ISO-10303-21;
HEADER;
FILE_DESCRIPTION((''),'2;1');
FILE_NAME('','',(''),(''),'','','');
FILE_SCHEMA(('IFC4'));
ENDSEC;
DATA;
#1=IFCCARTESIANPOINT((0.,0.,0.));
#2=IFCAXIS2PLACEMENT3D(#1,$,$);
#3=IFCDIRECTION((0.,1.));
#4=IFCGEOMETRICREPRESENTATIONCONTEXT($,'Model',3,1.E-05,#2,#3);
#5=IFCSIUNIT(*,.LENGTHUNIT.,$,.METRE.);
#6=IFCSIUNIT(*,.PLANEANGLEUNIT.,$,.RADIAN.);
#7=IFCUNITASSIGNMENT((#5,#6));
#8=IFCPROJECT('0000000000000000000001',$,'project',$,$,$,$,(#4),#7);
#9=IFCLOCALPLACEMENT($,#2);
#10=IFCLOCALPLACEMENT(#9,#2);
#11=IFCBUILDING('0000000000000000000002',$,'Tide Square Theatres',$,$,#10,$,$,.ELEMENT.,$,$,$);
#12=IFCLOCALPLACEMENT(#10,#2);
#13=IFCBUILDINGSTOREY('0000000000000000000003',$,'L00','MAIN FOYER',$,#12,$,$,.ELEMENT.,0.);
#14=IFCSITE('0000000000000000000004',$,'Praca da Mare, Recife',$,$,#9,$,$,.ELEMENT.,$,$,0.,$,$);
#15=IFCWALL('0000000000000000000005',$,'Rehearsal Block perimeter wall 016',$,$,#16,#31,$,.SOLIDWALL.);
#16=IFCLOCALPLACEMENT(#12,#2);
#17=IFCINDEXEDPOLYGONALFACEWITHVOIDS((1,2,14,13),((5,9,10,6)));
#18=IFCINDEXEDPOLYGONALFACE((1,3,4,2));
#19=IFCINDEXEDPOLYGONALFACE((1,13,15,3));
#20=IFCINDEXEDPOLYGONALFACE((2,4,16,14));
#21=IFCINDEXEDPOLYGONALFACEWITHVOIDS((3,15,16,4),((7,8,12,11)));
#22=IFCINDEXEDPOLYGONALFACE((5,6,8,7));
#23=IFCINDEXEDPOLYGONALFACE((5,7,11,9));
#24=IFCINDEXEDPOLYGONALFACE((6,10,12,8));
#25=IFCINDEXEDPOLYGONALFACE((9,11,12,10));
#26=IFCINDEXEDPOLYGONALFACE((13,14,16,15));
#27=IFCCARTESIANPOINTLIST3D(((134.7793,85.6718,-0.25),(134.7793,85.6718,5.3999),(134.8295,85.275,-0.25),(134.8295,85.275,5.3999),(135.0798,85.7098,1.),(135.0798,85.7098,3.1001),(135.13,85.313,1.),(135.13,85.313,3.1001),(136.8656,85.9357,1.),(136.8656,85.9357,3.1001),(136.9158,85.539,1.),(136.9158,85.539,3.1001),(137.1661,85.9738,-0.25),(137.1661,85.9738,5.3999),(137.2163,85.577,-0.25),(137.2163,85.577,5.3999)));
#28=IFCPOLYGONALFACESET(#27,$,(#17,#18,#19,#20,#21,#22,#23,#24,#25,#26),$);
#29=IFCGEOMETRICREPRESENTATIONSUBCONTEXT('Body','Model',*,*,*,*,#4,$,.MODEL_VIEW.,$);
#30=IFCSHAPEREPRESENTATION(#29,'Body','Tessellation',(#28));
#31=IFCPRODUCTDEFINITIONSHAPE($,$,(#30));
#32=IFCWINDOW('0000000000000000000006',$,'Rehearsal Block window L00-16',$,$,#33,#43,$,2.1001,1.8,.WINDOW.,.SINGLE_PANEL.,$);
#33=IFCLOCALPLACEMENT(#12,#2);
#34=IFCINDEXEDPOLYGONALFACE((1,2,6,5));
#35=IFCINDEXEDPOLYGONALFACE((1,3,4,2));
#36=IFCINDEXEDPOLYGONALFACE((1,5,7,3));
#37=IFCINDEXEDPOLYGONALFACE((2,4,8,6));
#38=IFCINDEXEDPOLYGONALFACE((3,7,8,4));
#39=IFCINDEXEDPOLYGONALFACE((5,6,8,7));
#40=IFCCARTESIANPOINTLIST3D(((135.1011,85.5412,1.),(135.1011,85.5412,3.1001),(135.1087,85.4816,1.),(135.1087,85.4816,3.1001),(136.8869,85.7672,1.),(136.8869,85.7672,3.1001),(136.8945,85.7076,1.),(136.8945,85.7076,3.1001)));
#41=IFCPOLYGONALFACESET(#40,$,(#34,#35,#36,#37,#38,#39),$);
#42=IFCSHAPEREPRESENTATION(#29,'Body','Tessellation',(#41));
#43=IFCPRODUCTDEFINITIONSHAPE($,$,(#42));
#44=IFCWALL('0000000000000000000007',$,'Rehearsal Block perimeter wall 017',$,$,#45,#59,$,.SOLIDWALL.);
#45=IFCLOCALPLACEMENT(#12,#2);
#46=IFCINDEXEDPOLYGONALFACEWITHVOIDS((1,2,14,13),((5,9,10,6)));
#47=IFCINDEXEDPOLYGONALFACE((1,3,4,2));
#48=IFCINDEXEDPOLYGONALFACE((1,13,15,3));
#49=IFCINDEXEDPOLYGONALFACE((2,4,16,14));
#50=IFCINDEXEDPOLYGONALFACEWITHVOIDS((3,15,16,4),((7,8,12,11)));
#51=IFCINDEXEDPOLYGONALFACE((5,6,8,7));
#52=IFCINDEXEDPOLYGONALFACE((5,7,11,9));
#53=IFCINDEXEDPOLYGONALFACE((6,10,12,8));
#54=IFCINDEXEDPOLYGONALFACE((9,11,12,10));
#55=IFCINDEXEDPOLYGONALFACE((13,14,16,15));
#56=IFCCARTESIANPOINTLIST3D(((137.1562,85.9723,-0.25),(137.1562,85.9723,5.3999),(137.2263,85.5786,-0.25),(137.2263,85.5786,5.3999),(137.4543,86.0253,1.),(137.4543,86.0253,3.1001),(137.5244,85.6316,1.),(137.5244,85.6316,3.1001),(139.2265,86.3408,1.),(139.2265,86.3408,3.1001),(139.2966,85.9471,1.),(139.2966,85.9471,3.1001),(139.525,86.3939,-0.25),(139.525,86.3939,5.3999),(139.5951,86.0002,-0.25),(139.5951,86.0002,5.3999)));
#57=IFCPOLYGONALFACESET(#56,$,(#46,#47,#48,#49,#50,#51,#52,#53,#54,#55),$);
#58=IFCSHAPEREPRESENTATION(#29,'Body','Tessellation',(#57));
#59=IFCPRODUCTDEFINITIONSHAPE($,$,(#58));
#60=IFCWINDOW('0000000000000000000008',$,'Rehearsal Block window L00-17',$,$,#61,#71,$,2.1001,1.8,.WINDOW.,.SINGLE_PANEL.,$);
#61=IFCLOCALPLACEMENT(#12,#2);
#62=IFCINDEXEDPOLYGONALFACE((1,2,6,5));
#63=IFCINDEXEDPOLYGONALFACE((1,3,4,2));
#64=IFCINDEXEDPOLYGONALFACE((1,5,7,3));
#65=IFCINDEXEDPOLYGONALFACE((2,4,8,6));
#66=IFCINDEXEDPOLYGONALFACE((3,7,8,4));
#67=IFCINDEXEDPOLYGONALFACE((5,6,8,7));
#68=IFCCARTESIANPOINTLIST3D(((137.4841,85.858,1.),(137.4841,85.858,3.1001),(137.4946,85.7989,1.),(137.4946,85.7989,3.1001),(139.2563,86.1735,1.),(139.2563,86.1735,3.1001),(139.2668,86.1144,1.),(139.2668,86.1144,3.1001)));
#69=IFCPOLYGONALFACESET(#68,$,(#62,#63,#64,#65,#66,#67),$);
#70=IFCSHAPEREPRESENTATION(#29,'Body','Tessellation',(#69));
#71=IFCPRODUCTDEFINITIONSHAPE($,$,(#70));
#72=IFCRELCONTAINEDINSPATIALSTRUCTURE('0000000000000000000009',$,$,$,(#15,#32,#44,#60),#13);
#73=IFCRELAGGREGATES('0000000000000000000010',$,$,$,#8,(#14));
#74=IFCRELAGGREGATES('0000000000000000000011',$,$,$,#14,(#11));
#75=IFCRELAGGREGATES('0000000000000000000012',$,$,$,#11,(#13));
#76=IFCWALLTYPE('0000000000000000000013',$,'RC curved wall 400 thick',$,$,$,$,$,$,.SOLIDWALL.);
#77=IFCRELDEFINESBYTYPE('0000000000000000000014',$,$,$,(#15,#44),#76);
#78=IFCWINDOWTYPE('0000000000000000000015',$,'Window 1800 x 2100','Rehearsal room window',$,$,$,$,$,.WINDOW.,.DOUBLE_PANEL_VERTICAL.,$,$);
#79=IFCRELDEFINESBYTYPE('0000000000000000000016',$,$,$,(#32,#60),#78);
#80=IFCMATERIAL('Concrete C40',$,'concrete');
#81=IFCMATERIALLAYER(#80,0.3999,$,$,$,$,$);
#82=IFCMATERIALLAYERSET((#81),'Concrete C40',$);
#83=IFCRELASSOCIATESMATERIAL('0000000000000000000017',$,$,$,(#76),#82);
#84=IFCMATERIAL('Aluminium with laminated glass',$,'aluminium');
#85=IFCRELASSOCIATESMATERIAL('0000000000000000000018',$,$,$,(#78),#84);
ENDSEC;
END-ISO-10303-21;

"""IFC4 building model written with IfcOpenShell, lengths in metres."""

from ifc_helpers import new_model, si_unit, direction, frame, frame_2d, origin, place, context, subcontext, project, spatial, rectangle, extrude, material, layer, layer_set, type_object, element, fill, save


model = new_model("IFC4")

# Units and contexts
model_context = context("Model", 3, precision=1e-05, world=origin(), true_north=direction((0.0, 1.0)))
body_context = subcontext(model_context, "Body", "Model", "MODEL_VIEW")
ifc_project = project(units=[si_unit("LENGTHUNIT", "METRE"), si_unit("PLANEANGLEUNIT", "RADIAN")], contexts=[model_context])

# Site, building, storey
site_placement = place(None, origin())
site = spatial("IfcSite", under=ifc_project, at=site_placement, Name="Praca da Mare, Recife", CompositionType="ELEMENT", RefElevation=0.0)
building_placement = place(site_placement, origin())
building = spatial("IfcBuilding", under=site, at=building_placement, Name="Tide Square Theatres", CompositionType="ELEMENT")
storey_placement = place(building_placement, origin())
storey = spatial("IfcBuildingStorey", under=building, at=storey_placement, Name="L00", Description="MAIN FOYER", CompositionType="ELEMENT", Elevation=0.0)

# Walls, openings, windows
ifc_material_1 = material(Name="Concrete C40", Category="concrete")
ifc_layer = layer(ifc_material_1, 0.3999)
ifc_layer_set = layer_set([ifc_layer], Name="Concrete C40")
wall_type = type_object("IfcWallType", Name="RC curved wall 400 thick", PredefinedType="SOLIDWALL", material=ifc_layer_set)
ifc_material_2 = material(Name="Aluminium with laminated glass", Category="aluminium")
window_type = type_object("IfcWindowType", Name="Window 1800 x 2100", Description="Rehearsal room window", PartitioningType="DOUBLE_PANEL_VERTICAL", PredefinedType="WINDOW", material=ifc_material_2)
wall_1_placement = place(storey_placement, frame((134.8044, 85.4734, -0.25), z_axis=(0.0, 0.0, 1.0), x_axis=(0.992089, 0.125533, 0.0)))
wall_1 = element("IfcWall", 1, at=wall_1_placement, inside=storey, type_object=wall_type, Name="Rehearsal Block perimeter wall 016", PredefinedType="SOLIDWALL", context=body_context, shape_type="SweptSolid", body=[
    extrude(rectangle(XDim=2.4058, YDim=0.3999, at=frame_2d((1.2029, 0.0))), origin(), (0.0, 0.0, 1.0), 5.6499),
])
opening_1_placement = place(wall_1_placement, frame((0.303, 0.0, 1.25)))
opening_1 = element("IfcOpeningElement", 2, at=opening_1_placement, cuts=wall_1, PredefinedType="OPENING", context=body_context, shape_type="SweptSolid", body=[
    extrude(rectangle(XDim=1.8, YDim=2.1001, at=frame_2d((0.8999, 1.05))), frame((0.0, 0.21, 0.0), z_axis=(0.0, -1.0, 0.0), x_axis=(1.0, 0.0, 0.0)), (0.0, 0.0, 1.0), 0.4199),
])
window_1_placement = place(opening_1_placement, origin())
window_1 = element("IfcWindow", 3, at=window_1_placement, inside=storey, type_object=window_type, Name="Rehearsal Block window L00-16", OverallHeight=2.1001, OverallWidth=1.8, PartitioningType="SINGLE_PANEL", PredefinedType="WINDOW", context=body_context, shape_type="SweptSolid", body=[
    extrude(rectangle(XDim=1.8, YDim=2.1001, at=frame_2d((0.8999, 1.05))), frame((0.0, 0.03, 0.0), z_axis=(0.0, -1.0, 0.0), x_axis=(1.0, 0.0, 0.0)), (0.0, 0.0, 1.0), 0.0601),
])
fill(opening_1, window_1)
wall_2_placement = place(storey_placement, frame((137.1912, 85.7754, -0.25), z_axis=(0.0, 0.0, 1.0), x_axis=(0.984524, 0.17525, 0.0)))
wall_2 = element("IfcWall", 4, at=wall_2_placement, inside=storey, type_object=wall_type, Name="Rehearsal Block perimeter wall 017", PredefinedType="SOLIDWALL", context=body_context, shape_type="SweptSolid", body=[
    extrude(rectangle(XDim=2.406, YDim=0.3999, at=frame_2d((1.2031, 0.0))), origin(), (0.0, 0.0, 1.0), 5.6499),
])
opening_2_placement = place(wall_2_placement, frame((0.303, 0.0, 1.25)))
opening_2 = element("IfcOpeningElement", 5, at=opening_2_placement, cuts=wall_2, PredefinedType="OPENING", context=body_context, shape_type="SweptSolid", body=[
    extrude(rectangle(XDim=1.8, YDim=2.1001, at=frame_2d((0.8999, 1.05))), frame((0.0, 0.21, 0.0), z_axis=(0.0, -1.0, 0.0), x_axis=(1.0, 0.0, 0.0)), (0.0, 0.0, 1.0), 0.4199),
])
window_2_placement = place(opening_2_placement, origin())
window_2 = element("IfcWindow", 6, at=window_2_placement, inside=storey, type_object=window_type, Name="Rehearsal Block window L00-17", OverallHeight=2.1001, OverallWidth=1.8, PartitioningType="SINGLE_PANEL", PredefinedType="WINDOW", context=body_context, shape_type="SweptSolid", body=[
    extrude(rectangle(XDim=1.8, YDim=2.1001, at=frame_2d((0.8999, 1.05))), frame((0.0, 0.03, 0.0), z_axis=(0.0, -1.0, 0.0), x_axis=(1.0, 0.0, 0.0)), (0.0, 0.0, 1.0), 0.0601),
])
fill(opening_2, window_2)

save(model, "model.ifc")
